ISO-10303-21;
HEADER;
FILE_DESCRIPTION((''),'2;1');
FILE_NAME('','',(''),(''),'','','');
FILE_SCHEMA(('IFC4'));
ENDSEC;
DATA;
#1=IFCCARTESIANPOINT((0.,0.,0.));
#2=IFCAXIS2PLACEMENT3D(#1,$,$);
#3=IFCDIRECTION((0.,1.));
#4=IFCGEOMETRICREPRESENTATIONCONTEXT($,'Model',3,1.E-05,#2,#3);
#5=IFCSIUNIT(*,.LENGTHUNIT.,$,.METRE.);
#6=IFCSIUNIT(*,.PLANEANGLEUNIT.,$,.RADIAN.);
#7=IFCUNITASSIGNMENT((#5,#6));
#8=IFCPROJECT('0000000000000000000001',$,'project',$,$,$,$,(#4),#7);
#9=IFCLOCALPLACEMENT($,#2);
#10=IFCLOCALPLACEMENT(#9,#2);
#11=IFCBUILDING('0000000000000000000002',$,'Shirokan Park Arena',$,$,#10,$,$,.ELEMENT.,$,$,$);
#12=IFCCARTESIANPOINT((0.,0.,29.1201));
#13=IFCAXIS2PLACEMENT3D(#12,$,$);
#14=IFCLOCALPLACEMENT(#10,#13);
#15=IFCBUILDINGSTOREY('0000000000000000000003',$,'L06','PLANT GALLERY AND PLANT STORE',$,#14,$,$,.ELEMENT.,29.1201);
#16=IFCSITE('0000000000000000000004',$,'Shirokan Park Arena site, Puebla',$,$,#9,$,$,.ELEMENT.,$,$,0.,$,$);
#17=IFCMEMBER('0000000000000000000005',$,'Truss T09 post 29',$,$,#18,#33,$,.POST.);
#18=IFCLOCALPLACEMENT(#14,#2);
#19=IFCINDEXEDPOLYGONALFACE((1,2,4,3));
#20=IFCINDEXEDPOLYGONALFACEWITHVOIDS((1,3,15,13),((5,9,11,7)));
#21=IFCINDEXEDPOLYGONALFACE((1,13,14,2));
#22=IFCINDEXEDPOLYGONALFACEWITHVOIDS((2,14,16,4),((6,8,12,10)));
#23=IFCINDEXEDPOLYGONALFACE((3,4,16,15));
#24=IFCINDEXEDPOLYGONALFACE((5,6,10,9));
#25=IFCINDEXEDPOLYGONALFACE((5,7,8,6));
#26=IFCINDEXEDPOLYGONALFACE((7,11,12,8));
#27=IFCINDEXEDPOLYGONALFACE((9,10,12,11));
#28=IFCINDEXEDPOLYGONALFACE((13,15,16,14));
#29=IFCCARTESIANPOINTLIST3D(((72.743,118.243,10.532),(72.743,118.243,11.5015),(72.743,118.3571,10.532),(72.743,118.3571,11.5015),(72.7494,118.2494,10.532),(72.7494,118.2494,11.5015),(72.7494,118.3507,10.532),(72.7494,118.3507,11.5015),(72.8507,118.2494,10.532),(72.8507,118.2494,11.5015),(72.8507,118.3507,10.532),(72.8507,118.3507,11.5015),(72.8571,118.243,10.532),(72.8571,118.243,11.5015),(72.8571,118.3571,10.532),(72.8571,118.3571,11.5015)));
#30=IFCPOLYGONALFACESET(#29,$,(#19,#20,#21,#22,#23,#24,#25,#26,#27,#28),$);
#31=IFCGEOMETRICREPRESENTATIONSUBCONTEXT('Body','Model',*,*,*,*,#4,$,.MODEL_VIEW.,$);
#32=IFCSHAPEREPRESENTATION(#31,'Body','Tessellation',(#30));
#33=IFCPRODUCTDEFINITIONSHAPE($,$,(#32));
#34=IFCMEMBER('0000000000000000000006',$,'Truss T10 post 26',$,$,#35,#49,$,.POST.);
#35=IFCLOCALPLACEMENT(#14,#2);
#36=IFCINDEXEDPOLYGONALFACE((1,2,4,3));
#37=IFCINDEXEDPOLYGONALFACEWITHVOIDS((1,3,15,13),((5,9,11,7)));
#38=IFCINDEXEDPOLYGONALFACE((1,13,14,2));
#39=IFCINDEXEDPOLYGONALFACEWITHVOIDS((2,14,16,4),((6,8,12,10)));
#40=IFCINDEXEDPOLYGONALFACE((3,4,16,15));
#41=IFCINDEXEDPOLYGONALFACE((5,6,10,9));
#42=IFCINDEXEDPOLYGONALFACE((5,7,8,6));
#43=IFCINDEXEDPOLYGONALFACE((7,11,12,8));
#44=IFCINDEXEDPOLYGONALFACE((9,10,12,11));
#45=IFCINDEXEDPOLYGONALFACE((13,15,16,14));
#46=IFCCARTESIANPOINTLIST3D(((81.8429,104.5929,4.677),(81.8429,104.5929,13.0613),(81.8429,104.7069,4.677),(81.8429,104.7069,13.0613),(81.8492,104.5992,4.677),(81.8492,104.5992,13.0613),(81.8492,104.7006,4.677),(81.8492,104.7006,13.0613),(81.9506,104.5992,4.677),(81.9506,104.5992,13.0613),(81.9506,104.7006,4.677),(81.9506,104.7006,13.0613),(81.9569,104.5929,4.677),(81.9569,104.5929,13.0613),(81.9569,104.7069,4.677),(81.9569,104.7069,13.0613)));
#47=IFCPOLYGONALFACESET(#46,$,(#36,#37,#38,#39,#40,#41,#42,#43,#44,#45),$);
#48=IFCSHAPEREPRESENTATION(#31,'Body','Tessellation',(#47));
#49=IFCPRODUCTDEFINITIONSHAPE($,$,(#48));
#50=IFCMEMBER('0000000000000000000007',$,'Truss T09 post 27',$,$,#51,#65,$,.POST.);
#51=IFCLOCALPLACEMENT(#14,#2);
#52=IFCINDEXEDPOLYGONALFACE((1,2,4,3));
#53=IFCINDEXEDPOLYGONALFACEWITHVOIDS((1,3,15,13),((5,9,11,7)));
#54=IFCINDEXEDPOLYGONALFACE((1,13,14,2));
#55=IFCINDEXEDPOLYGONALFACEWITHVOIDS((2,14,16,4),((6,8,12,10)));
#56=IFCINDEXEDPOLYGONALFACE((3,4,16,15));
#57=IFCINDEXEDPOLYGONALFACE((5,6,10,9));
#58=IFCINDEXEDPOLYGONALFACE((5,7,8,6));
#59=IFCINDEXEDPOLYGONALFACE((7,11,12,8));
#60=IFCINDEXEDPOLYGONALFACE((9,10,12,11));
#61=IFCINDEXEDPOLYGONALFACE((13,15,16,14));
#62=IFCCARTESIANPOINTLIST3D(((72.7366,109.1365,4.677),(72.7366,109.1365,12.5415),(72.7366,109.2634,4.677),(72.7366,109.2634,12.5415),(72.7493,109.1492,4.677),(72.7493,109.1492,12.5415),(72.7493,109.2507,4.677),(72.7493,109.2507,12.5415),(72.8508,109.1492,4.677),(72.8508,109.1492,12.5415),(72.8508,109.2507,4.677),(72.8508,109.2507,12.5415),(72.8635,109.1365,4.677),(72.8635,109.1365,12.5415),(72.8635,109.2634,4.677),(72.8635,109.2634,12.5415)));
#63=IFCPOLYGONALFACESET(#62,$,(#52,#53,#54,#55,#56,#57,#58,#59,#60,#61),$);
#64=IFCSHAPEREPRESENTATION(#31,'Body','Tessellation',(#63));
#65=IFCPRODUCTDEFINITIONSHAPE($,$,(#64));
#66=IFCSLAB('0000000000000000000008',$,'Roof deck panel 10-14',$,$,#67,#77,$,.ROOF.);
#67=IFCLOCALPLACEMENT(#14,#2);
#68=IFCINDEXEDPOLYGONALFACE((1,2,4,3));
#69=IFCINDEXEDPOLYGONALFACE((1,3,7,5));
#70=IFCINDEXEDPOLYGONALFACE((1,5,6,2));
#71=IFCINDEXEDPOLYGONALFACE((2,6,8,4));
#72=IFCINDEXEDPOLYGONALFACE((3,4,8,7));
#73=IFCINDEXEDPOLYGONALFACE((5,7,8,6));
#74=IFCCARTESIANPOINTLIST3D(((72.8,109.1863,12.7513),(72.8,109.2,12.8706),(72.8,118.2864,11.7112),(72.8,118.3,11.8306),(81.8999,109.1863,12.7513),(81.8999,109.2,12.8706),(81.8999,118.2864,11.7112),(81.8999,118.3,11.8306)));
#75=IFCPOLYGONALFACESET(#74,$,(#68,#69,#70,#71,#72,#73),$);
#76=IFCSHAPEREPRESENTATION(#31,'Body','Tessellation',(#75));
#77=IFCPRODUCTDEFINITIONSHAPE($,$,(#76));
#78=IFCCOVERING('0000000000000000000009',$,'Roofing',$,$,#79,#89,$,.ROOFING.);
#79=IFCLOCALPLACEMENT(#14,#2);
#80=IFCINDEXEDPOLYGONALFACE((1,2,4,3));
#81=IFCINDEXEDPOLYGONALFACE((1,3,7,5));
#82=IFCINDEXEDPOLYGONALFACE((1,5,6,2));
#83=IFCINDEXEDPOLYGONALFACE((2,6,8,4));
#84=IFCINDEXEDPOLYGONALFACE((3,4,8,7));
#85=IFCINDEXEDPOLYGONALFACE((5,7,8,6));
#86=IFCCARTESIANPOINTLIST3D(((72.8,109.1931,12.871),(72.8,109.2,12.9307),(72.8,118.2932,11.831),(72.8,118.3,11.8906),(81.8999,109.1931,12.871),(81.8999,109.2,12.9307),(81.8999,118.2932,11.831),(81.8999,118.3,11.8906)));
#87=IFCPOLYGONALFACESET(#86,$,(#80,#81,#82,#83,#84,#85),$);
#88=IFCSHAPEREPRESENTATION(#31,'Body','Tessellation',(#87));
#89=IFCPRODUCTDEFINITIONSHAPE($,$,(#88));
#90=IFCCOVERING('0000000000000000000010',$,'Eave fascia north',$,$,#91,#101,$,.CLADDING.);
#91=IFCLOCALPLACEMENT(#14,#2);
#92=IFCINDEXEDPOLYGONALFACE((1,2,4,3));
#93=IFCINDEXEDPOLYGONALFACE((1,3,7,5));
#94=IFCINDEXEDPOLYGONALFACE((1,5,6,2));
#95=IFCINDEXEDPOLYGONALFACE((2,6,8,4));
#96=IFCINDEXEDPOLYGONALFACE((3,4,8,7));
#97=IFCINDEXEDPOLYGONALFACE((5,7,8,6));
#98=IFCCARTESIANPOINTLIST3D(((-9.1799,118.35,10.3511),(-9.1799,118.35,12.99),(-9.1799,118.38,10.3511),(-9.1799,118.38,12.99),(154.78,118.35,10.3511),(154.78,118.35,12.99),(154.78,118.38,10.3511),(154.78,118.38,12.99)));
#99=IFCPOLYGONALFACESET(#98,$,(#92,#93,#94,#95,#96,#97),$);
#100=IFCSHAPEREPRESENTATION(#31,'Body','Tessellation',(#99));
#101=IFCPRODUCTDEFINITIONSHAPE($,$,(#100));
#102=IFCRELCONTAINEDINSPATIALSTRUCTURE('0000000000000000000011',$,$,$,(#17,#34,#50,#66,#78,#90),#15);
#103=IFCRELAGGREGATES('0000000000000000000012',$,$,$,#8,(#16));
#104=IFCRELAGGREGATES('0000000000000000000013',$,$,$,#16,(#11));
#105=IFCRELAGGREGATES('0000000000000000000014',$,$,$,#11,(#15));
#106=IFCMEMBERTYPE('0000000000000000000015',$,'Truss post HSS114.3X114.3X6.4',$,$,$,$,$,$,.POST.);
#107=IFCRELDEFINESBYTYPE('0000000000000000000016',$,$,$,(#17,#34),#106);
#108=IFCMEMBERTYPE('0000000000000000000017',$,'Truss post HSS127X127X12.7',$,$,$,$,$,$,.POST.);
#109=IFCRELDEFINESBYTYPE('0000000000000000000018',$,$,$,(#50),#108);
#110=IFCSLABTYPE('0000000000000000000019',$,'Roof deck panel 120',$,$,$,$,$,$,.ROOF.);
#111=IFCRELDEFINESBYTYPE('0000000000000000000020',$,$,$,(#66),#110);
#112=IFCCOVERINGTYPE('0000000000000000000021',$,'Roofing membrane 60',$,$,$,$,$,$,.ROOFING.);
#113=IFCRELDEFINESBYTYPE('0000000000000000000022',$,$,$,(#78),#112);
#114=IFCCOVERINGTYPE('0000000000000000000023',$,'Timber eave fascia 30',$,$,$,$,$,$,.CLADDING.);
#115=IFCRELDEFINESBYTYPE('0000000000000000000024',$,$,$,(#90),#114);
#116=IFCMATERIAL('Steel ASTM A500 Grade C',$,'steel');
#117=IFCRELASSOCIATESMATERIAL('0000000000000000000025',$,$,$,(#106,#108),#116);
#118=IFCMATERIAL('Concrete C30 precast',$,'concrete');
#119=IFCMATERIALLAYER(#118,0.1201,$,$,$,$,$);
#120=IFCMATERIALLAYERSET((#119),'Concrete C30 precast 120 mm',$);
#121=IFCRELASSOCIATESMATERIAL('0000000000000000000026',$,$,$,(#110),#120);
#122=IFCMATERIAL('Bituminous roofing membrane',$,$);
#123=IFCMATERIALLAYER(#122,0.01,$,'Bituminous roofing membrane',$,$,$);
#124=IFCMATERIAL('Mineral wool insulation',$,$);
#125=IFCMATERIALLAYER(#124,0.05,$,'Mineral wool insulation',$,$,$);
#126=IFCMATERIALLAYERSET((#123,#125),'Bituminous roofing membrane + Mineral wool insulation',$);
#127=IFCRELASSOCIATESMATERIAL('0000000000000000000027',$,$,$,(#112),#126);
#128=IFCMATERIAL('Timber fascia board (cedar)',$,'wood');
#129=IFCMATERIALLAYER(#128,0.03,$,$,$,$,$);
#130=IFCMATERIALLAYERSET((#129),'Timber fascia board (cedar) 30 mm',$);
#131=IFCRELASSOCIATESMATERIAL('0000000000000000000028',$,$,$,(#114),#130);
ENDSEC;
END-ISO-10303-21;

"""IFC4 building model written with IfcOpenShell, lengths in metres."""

from ifc_helpers import new_model, si_unit, direction, frame, origin, origin_2d, place, context, subcontext, project, spatial, polyline, rectangle, hollow_rectangle, outline, extrude, material, layer, layer_set, material_profile, profile_set, type_object, element, save


model = new_model("IFC4")

# Units and contexts
model_context = context("Model", 3, precision=1e-05, world=origin(), true_north=direction((0.0, 1.0)))
body_context = subcontext(model_context, "Body", "Model", "MODEL_VIEW")
ifc_project = project(units=[si_unit("LENGTHUNIT", "METRE"), si_unit("PLANEANGLEUNIT", "RADIAN")], contexts=[model_context])

# Site, building, storey
site_placement = place(None, origin())
site = spatial("IfcSite", under=ifc_project, at=site_placement, Name="Shirokan Park Arena site, Puebla", CompositionType="ELEMENT", RefElevation=0.0)
building_placement = place(site_placement, origin())
building = spatial("IfcBuilding", under=site, at=building_placement, Name="Shirokan Park Arena", CompositionType="ELEMENT")
storey_placement = place(building_placement, frame((0.0, 0.0, 29.1201)))
storey = spatial("IfcBuildingStorey", under=building, at=storey_placement, Name="L06", Description="PLANT GALLERY AND PLANT STORE", CompositionType="ELEMENT", Elevation=29.1201)

# Shared definitions
ifc_material_1 = material(Name="Steel ASTM A500 Grade C", Category="steel")

# Members
ifc_material_profile_1 = material_profile(ifc_material_1, hollow_rectangle(XDim=0.114, YDim=0.114, WallThickness=0.0063, at=origin_2d()), Name="HSS114.3X114.3X6.4")
ifc_profile_set_1 = profile_set([ifc_material_profile_1], Name="Steel ASTM A500 Grade C")
member_type_1 = type_object("IfcMemberType", Name="Truss post HSS114.3X114.3X6.4", PredefinedType="POST", material=ifc_profile_set_1)
member_1_placement = place(storey_placement, frame((72.8, 118.3, 10.532), z_axis=(0.0, 0.0, 1.0), x_axis=(1.0, 0.0, 0.0)))
element("IfcMember", 1, at=member_1_placement, inside=storey, type_object=member_type_1, Name="Truss T09 post 29", PredefinedType="POST", context=body_context, shape_type="SweptSolid", body=[
    extrude(hollow_rectangle(XDim=0.114, YDim=0.114, WallThickness=0.0063, at=origin_2d()), origin(), (0.0, 0.0, 1.0), 0.9695),
])
member_2_placement = place(storey_placement, frame((81.8999, 104.6499, 4.677), z_axis=(0.0, 0.0, 1.0), x_axis=(1.0, 0.0, 0.0)))
element("IfcMember", 2, at=member_2_placement, inside=storey, type_object=member_type_1, Name="Truss T10 post 26", PredefinedType="POST", context=body_context, shape_type="SweptSolid", body=[
    extrude(hollow_rectangle(XDim=0.114, YDim=0.114, WallThickness=0.0063, at=origin_2d()), origin(), (0.0, 0.0, 1.0), 8.3843),
])
ifc_material_profile_2 = material_profile(ifc_material_1, hollow_rectangle(XDim=0.127, YDim=0.127, WallThickness=0.0127, at=origin_2d()), Name="HSS127X127X12.7")
ifc_profile_set_2 = profile_set([ifc_material_profile_2], Name="Steel ASTM A500 Grade C")
member_type_2 = type_object("IfcMemberType", Name="Truss post HSS127X127X12.7", PredefinedType="POST", material=ifc_profile_set_2)
member_3_placement = place(storey_placement, frame((72.8, 109.2, 4.677), z_axis=(0.0, 0.0, 1.0), x_axis=(1.0, 0.0, 0.0)))
element("IfcMember", 3, at=member_3_placement, inside=storey, type_object=member_type_2, Name="Truss T09 post 27", PredefinedType="POST", context=body_context, shape_type="SweptSolid", body=[
    extrude(hollow_rectangle(XDim=0.127, YDim=0.127, WallThickness=0.0127, at=origin_2d()), origin(), (0.0, 0.0, 1.0), 7.8645),
])

# Slab
ifc_material_2 = material(Name="Concrete C30 precast", Category="concrete")
ifc_layer_1 = layer(ifc_material_2, 0.1201)
ifc_layer_set_1 = layer_set([ifc_layer_1], Name="Concrete C30 precast 120 mm")
slab_type = type_object("IfcSlabType", Name="Roof deck panel 120", PredefinedType="ROOF", material=ifc_layer_set_1)
slab_placement = place(storey_placement, frame((72.8, 109.2, 12.8706), z_axis=(0.0, 0.11355, 0.993532), x_axis=(1.0, 0.0, 0.0)))
element("IfcSlab", 4, at=slab_placement, inside=storey, type_object=slab_type, Name="Roof deck panel 10-14", PredefinedType="ROOF", context=body_context, shape_type="SweptSolid", body=[
    extrude(outline(polyline([(0.0, 0.0), (9.0999, 0.0), (9.0999, 9.1593), (0.0, 9.1593), (0.0, 0.0)])), origin(), (0.0, 0.0, -1.0), 0.1201),
])

# Coverings
ifc_material_3 = material(Name="Bituminous roofing membrane")
ifc_layer_2 = layer(ifc_material_3, 0.01, Name="Bituminous roofing membrane")
ifc_material_4 = material(Name="Mineral wool insulation")
ifc_layer_3 = layer(ifc_material_4, 0.05, Name="Mineral wool insulation")
ifc_layer_set_2 = layer_set([ifc_layer_2, ifc_layer_3], Name="Bituminous roofing membrane + Mineral wool insulation")
covering_type_1 = type_object("IfcCoveringType", Name="Roofing membrane 60", PredefinedType="ROOFING", material=ifc_layer_set_2)
covering_1_placement = place(storey_placement, frame((72.8, 109.2, 12.9307), z_axis=(0.0, 0.11355, 0.993532), x_axis=(1.0, 0.0, 0.0)))
element("IfcCovering", 5, at=covering_1_placement, inside=storey, type_object=covering_type_1, Name="Roofing", PredefinedType="ROOFING", context=body_context, shape_type="SweptSolid", body=[
    extrude(outline(polyline([(0.0, 0.0), (9.0999, 0.0), (9.0999, 9.1593), (0.0, 9.1593), (0.0, 0.0)])), origin(), (0.0, 0.0, -1.0), 0.0601),
])
ifc_material_5 = material(Name="Timber fascia board (cedar)", Category="wood")
ifc_layer_4 = layer(ifc_material_5, 0.03)
ifc_layer_set_3 = layer_set([ifc_layer_4], Name="Timber fascia board (cedar) 30 mm")
covering_type_2 = type_object("IfcCoveringType", Name="Timber eave fascia 30", PredefinedType="CLADDING", material=ifc_layer_set_3)
covering_2_placement = place(storey_placement, frame((72.8, 118.365, 10.3511), z_axis=(0.0, 0.0, 1.0), x_axis=(1.0, 0.0, 0.0)))
element("IfcCovering", 6, at=covering_2_placement, inside=storey, type_object=covering_type_2, Name="Eave fascia north", PredefinedType="CLADDING", context=body_context, shape_type="SweptSolid", body=[
    extrude(rectangle(XDim=163.96, YDim=0.03, at=origin_2d()), origin(), (0.0, 0.0, 1.0), 2.6389),
])

save(model, "model.ifc")
